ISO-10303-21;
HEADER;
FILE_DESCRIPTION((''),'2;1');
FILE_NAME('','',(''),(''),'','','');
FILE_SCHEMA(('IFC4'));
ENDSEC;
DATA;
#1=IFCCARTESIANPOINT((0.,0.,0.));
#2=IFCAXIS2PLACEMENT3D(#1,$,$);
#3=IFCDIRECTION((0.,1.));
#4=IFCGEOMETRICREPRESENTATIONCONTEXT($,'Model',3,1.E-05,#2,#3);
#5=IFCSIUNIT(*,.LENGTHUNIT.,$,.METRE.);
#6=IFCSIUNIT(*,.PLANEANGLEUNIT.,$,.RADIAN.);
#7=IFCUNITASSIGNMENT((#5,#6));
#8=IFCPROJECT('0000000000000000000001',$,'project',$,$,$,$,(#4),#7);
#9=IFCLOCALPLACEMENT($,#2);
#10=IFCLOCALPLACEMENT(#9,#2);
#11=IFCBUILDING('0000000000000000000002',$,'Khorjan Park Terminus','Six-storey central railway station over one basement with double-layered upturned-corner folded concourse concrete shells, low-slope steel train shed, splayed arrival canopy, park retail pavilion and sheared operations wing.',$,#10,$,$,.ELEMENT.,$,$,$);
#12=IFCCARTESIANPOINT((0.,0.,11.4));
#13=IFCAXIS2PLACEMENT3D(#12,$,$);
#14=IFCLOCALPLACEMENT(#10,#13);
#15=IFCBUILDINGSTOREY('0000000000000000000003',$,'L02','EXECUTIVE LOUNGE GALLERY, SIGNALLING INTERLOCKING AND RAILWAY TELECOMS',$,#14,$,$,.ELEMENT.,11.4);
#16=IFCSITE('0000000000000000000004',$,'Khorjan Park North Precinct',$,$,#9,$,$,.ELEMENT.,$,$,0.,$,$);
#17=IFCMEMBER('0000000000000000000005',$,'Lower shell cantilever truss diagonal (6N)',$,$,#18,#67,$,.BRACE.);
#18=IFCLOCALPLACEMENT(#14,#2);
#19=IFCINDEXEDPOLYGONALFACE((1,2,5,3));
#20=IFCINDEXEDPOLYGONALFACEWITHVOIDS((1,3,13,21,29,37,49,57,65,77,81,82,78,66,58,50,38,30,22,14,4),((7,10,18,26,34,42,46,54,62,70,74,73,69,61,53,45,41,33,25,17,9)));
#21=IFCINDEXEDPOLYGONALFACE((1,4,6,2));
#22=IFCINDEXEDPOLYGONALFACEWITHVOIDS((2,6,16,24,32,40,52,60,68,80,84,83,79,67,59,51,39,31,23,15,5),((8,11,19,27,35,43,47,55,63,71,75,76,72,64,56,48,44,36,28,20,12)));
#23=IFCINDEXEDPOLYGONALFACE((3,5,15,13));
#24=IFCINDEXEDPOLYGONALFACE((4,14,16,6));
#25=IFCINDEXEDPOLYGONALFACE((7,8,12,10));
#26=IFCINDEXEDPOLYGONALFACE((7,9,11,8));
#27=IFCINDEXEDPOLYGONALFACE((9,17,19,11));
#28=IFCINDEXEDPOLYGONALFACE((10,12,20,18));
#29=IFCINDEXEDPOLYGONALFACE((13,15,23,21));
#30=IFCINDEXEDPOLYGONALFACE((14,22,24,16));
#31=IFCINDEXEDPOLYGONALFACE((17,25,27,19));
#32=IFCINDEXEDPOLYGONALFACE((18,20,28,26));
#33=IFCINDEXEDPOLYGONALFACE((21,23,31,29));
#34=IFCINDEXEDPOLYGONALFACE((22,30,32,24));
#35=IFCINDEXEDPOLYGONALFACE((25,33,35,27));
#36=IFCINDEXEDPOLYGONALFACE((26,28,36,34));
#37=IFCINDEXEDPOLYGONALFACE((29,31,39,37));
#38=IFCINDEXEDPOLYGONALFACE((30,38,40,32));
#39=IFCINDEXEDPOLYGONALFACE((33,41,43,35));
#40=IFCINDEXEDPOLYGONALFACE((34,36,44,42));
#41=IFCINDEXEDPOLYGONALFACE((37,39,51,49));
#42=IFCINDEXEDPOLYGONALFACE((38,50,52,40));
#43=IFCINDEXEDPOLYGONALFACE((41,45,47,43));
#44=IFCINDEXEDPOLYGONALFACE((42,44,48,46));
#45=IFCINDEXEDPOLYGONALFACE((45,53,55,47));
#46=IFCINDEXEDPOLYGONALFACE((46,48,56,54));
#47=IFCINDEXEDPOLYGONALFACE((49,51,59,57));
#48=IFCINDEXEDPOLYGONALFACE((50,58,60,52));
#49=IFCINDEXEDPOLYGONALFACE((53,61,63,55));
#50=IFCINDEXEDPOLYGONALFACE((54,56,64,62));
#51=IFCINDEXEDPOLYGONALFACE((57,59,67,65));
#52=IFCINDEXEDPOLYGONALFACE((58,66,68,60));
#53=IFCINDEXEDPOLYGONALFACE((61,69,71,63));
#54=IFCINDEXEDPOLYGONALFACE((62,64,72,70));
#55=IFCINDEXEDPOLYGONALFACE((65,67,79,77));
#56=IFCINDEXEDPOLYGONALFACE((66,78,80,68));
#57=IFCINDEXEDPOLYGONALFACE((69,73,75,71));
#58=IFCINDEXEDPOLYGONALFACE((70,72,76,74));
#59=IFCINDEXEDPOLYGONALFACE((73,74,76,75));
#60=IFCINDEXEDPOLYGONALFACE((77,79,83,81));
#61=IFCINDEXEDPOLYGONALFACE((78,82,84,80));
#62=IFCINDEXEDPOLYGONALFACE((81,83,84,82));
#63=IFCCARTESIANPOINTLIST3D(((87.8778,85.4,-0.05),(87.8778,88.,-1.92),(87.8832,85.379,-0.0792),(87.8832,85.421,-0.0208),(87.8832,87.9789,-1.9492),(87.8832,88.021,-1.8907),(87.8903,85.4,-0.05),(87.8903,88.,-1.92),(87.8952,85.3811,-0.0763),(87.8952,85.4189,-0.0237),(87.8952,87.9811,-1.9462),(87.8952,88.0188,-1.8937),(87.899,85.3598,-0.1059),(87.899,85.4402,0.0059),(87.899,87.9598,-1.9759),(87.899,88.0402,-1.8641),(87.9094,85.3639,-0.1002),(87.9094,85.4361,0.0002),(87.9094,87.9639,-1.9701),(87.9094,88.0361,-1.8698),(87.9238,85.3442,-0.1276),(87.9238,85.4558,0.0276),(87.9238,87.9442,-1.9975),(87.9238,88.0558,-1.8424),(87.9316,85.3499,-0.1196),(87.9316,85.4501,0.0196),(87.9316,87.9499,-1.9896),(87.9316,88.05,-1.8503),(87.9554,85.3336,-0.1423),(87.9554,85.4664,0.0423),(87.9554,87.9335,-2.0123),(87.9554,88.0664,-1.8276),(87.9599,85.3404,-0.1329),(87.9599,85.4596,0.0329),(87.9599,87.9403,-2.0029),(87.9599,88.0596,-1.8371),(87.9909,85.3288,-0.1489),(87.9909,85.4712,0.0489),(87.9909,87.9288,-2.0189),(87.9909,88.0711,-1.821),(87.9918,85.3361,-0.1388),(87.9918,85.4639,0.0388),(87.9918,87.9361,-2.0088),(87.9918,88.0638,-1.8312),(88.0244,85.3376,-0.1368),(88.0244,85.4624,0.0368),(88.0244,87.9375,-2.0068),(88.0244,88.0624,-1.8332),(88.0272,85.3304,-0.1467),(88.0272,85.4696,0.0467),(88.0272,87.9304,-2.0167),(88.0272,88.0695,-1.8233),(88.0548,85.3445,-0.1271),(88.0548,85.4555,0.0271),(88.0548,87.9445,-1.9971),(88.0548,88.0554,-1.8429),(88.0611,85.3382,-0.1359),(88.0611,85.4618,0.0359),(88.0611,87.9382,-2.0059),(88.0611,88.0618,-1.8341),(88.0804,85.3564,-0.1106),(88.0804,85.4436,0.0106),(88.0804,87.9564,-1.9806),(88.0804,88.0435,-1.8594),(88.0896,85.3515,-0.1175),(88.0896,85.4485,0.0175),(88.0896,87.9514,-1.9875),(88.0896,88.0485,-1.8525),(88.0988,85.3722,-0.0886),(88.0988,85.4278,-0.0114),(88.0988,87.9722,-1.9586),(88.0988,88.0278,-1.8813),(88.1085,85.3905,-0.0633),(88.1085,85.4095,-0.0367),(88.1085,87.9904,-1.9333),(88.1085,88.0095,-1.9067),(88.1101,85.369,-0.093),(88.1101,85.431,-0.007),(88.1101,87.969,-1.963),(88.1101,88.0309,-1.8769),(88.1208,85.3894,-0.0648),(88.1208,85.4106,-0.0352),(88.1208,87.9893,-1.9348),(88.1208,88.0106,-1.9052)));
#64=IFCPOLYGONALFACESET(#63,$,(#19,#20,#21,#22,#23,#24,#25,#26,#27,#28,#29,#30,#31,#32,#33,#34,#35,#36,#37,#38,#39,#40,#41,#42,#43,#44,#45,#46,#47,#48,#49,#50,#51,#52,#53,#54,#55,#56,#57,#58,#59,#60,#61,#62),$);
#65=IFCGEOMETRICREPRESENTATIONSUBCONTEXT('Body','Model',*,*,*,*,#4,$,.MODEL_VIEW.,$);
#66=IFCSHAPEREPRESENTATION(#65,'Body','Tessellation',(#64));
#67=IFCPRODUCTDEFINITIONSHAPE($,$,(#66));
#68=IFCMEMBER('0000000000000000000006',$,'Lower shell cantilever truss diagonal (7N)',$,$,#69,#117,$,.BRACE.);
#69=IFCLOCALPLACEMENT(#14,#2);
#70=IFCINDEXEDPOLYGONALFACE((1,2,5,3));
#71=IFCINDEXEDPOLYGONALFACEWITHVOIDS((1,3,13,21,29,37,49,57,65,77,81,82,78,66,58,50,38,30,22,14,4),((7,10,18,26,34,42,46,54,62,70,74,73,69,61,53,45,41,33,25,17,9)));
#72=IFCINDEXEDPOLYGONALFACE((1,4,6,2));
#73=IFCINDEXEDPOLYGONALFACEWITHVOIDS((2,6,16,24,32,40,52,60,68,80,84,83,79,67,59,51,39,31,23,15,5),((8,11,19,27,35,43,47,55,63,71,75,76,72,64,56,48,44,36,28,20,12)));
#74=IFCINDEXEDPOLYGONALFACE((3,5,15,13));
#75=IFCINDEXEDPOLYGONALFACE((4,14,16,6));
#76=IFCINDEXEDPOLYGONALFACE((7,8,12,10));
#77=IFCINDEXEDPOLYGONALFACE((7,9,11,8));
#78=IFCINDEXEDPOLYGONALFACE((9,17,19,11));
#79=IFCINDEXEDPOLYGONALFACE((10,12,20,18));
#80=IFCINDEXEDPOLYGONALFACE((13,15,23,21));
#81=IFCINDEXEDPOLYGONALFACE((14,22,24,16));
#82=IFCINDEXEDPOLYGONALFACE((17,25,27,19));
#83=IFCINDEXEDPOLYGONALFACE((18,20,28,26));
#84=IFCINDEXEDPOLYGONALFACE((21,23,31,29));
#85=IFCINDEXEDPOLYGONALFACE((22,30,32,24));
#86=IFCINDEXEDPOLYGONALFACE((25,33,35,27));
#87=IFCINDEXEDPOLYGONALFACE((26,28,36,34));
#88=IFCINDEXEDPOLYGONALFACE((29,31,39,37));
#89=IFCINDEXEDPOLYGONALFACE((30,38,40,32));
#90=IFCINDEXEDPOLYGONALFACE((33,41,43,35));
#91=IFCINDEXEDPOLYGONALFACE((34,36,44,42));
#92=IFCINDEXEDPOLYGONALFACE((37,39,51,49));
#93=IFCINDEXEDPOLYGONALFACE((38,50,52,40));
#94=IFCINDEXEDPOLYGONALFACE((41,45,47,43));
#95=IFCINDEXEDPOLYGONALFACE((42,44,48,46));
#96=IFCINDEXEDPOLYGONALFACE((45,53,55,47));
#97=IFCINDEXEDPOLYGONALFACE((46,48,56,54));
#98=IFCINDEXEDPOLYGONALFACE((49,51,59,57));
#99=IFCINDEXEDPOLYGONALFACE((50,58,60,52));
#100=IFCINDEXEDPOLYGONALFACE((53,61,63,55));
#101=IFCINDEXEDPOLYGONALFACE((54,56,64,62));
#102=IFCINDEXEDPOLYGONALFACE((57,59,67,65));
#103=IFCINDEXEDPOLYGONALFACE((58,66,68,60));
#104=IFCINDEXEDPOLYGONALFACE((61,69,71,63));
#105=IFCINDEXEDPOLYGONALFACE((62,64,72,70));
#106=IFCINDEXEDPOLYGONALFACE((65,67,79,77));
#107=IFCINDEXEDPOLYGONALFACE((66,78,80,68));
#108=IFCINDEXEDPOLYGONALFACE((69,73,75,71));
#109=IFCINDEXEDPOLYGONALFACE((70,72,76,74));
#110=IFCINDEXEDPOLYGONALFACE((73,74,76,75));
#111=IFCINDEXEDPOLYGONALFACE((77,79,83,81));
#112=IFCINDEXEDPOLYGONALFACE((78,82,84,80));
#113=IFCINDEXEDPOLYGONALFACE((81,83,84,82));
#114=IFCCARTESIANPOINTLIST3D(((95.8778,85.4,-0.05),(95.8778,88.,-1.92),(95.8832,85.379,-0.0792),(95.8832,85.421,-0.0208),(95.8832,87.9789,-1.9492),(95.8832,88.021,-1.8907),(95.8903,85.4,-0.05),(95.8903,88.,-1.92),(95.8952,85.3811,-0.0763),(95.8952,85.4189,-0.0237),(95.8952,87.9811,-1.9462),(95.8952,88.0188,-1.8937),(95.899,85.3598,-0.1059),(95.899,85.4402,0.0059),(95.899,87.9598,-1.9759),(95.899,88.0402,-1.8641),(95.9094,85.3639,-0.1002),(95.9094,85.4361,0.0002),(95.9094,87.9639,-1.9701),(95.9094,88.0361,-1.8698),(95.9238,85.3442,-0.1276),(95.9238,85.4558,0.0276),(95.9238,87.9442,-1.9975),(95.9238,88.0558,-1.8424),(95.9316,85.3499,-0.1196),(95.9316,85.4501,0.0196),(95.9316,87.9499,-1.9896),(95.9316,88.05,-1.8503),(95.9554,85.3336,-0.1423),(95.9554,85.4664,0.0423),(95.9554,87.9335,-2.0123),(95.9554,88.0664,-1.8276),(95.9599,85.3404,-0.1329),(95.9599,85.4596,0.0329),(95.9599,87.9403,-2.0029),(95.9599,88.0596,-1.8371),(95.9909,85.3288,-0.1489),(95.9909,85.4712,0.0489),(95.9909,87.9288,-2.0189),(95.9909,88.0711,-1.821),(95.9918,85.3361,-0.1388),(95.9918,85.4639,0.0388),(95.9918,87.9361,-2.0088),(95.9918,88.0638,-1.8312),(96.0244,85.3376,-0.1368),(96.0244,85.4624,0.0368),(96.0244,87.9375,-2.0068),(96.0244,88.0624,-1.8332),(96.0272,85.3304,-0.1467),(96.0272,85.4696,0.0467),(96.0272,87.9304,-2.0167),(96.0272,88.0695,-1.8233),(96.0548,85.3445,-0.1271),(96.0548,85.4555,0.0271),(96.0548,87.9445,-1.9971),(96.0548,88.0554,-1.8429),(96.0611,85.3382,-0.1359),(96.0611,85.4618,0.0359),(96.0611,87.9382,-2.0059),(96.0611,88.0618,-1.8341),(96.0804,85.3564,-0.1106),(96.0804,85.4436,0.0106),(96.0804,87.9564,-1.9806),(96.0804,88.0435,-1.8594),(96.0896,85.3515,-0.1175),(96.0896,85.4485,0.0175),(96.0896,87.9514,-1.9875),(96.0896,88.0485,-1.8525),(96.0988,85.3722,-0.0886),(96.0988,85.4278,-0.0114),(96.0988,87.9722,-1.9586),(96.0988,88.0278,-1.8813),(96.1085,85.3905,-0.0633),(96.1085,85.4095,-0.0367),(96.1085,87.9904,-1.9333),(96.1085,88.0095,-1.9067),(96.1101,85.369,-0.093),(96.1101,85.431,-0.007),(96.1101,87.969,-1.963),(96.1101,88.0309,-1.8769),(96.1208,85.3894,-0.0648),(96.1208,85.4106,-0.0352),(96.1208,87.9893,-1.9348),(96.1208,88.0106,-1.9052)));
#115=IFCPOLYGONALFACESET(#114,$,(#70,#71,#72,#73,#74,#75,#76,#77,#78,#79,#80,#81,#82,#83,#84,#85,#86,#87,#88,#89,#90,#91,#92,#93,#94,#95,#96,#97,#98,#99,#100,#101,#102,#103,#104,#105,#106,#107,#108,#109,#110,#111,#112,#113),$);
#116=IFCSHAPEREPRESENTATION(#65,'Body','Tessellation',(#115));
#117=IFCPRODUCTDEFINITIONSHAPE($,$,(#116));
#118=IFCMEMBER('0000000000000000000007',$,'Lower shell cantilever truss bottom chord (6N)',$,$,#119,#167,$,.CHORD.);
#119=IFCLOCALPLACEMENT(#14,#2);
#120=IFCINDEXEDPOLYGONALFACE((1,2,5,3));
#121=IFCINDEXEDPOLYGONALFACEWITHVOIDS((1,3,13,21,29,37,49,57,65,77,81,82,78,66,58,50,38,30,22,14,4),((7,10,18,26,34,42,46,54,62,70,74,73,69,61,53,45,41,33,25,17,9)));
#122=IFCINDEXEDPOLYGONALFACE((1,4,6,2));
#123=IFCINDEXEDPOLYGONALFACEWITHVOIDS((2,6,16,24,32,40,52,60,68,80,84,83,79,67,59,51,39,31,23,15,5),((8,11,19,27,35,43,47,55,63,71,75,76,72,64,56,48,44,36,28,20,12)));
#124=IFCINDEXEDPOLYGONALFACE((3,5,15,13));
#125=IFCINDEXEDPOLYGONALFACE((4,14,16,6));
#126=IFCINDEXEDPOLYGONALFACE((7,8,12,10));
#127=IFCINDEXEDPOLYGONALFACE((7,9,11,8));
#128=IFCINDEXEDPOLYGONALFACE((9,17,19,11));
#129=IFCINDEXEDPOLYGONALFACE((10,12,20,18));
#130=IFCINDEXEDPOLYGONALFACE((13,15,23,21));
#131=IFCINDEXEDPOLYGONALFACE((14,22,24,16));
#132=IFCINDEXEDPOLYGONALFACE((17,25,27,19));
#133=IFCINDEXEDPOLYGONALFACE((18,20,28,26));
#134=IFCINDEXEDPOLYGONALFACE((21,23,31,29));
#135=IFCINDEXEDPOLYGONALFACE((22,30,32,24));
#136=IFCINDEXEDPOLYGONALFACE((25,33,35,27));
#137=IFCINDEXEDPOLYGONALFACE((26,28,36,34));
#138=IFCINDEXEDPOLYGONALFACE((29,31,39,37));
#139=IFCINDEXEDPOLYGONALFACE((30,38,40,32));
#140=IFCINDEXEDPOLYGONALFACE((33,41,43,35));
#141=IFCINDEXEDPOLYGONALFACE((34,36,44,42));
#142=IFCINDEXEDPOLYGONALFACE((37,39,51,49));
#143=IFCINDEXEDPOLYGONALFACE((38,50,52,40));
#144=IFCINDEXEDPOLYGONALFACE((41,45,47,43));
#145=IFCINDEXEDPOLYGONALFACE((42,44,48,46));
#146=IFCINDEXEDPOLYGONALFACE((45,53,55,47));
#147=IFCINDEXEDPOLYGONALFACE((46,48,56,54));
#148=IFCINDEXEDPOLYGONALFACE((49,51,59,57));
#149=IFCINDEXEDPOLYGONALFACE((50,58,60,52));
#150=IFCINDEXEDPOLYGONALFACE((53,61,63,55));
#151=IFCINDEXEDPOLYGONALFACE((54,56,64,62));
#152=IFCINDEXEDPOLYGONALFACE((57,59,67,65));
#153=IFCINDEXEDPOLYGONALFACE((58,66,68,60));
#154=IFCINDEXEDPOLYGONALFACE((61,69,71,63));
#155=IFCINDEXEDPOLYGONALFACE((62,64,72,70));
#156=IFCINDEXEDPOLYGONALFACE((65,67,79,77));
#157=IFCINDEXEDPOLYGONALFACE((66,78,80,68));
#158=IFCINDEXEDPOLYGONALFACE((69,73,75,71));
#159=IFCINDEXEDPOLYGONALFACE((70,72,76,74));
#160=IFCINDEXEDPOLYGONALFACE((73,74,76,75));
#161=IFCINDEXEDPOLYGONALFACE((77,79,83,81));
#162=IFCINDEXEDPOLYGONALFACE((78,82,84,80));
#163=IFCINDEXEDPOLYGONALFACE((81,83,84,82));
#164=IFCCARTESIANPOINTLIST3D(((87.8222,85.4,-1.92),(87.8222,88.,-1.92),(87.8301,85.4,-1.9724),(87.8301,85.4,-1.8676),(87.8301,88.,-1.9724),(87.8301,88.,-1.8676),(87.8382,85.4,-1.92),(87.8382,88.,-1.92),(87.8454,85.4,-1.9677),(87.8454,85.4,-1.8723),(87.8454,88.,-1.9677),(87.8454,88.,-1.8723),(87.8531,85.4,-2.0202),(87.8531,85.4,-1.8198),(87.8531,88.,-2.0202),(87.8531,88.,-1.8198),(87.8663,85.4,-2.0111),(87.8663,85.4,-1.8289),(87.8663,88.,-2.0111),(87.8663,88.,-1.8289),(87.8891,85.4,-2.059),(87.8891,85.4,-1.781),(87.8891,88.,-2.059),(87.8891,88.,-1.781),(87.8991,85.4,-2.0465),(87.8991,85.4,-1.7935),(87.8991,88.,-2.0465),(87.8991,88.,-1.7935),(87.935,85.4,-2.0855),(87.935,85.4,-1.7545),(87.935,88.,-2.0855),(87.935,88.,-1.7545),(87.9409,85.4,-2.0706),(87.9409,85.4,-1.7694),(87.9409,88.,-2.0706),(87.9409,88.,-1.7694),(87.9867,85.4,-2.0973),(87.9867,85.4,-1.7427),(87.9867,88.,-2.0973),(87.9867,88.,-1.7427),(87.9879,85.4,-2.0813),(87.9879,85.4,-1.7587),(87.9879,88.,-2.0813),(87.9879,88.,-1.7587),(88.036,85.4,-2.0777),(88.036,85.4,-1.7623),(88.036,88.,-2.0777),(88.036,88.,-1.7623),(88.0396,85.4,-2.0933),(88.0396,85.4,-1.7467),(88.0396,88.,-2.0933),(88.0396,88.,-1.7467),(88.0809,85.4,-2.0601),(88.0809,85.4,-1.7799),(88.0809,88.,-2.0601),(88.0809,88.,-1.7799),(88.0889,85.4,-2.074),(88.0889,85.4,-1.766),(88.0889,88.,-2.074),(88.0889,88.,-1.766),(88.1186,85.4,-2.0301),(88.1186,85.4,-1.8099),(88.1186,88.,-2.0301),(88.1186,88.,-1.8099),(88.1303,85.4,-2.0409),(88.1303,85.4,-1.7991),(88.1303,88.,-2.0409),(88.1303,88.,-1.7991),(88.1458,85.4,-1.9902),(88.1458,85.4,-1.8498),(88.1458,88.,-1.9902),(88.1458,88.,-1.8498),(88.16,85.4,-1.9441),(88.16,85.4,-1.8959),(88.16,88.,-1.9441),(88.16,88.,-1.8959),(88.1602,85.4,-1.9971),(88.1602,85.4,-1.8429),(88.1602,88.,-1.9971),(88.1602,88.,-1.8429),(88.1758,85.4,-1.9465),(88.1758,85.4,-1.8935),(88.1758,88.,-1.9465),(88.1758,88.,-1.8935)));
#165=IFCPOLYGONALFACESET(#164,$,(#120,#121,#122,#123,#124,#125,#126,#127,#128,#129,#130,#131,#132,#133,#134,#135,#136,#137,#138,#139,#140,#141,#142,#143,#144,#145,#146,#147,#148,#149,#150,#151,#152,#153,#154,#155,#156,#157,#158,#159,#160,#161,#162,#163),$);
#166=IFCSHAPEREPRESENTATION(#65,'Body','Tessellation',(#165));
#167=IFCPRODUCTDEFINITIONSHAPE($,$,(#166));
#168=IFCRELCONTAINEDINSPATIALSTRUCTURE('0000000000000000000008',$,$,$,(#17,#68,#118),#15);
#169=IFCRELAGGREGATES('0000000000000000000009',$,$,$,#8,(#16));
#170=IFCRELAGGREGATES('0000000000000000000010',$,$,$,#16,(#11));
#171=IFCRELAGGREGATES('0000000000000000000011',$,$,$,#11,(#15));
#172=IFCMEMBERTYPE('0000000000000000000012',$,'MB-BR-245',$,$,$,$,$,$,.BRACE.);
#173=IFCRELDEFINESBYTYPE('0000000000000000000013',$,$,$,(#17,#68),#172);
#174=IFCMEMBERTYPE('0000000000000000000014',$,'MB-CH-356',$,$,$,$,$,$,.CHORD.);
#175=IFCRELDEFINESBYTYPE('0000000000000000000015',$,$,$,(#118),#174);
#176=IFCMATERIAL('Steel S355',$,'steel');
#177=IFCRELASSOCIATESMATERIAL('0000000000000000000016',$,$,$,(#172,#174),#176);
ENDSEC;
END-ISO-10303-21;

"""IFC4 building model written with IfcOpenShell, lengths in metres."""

from ifc_helpers import new_model, si_unit, direction, frame, origin, origin_2d, place, context, subcontext, project, spatial, hollow_circle, extrude, material, material_profile, profile_set, type_object, element, save


model = new_model("IFC4")

# Units and contexts
model_context = context("Model", 3, precision=1e-05, world=origin(), true_north=direction((0.0, 1.0)))
body_context = subcontext(model_context, "Body", "Model", "MODEL_VIEW")
ifc_project = project(units=[si_unit("LENGTHUNIT", "METRE"), si_unit("PLANEANGLEUNIT", "RADIAN")], contexts=[model_context])

# Site, building, storey
site_placement = place(None, origin())
site = spatial("IfcSite", under=ifc_project, at=site_placement, Name="Khorjan Park North Precinct", CompositionType="ELEMENT", RefElevation=0.0)
building_placement = place(site_placement, origin())
building = spatial("IfcBuilding", under=site, at=building_placement, Name="Khorjan Park Terminus", Description="Six-storey central railway station over one basement with double-layered upturned-corner folded concourse concrete shells, low-slope steel train shed, splayed arrival canopy, park retail pavilion and sheared operations wing.", CompositionType="ELEMENT")
storey_placement = place(building_placement, frame((0.0, 0.0, 11.4)))
storey = spatial("IfcBuildingStorey", under=building, at=storey_placement, Name="L02", Description="EXECUTIVE LOUNGE GALLERY, SIGNALLING INTERLOCKING AND RAILWAY TELECOMS", CompositionType="ELEMENT", Elevation=11.4)

# Members
ifc_material_1 = material(Name="Steel S355", Category="steel")
ifc_material_profile_1 = material_profile(ifc_material_1, hollow_circle(Radius=0.1222, WallThickness=0.0125, at=origin_2d()), Name="CHS 244.5x12.5")
ifc_profile_set_1 = profile_set([ifc_material_profile_1], Name="Steel S355")
member_type_1 = type_object("IfcMemberType", Name="MB-BR-245", PredefinedType="BRACE", material=ifc_profile_set_1)
for number, where, z_axis, x_axis, name in (
    (1, (88.0, 85.4, -0.05), (0.0, 0.81183, -0.583893), (-1.0, 0.0, 0.0), "Lower shell cantilever truss diagonal (6N)"),
    (2, (96.0, 85.4, -0.05), (0.0, 0.81183, -0.583893), (-1.0, 0.0, 0.0), "Lower shell cantilever truss diagonal (7N)"),
):
    element("IfcMember", number, at=place(storey_placement, frame(where, z_axis=z_axis, x_axis=x_axis)), inside=storey, type_object=member_type_1, Name=name, PredefinedType="BRACE", context=body_context, shape_type="SweptSolid", body=[
        extrude(hollow_circle(Radius=0.1222, WallThickness=0.0125, at=origin_2d()), origin(), (0.0, 0.0, 1.0), 3.2026),
    ])
ifc_material_profile_2 = material_profile(ifc_material_1, hollow_circle(Radius=0.1778, WallThickness=0.016, at=origin_2d()), Name="CHS 355.6x16")
ifc_profile_set_2 = profile_set([ifc_material_profile_2], Name="Steel S355")
member_type_2 = type_object("IfcMemberType", Name="MB-CH-356", PredefinedType="CHORD", material=ifc_profile_set_2)
for number, where, z_axis, x_axis, name in (
    (3, (88.0, 85.4, -1.92), (0.0, 1.0, 0.0), (-1.0, 0.0, 0.0), "Lower shell cantilever truss bottom chord (6N)"),
):
    element("IfcMember", number, at=place(storey_placement, frame(where, z_axis=z_axis, x_axis=x_axis)), inside=storey, type_object=member_type_2, Name=name, PredefinedType="CHORD", context=body_context, shape_type="SweptSolid", body=[
        extrude(hollow_circle(Radius=0.1778, WallThickness=0.016, at=origin_2d()), origin(), (0.0, 0.0, 1.0), 2.6),
    ])

save(model, "model.ifc")
